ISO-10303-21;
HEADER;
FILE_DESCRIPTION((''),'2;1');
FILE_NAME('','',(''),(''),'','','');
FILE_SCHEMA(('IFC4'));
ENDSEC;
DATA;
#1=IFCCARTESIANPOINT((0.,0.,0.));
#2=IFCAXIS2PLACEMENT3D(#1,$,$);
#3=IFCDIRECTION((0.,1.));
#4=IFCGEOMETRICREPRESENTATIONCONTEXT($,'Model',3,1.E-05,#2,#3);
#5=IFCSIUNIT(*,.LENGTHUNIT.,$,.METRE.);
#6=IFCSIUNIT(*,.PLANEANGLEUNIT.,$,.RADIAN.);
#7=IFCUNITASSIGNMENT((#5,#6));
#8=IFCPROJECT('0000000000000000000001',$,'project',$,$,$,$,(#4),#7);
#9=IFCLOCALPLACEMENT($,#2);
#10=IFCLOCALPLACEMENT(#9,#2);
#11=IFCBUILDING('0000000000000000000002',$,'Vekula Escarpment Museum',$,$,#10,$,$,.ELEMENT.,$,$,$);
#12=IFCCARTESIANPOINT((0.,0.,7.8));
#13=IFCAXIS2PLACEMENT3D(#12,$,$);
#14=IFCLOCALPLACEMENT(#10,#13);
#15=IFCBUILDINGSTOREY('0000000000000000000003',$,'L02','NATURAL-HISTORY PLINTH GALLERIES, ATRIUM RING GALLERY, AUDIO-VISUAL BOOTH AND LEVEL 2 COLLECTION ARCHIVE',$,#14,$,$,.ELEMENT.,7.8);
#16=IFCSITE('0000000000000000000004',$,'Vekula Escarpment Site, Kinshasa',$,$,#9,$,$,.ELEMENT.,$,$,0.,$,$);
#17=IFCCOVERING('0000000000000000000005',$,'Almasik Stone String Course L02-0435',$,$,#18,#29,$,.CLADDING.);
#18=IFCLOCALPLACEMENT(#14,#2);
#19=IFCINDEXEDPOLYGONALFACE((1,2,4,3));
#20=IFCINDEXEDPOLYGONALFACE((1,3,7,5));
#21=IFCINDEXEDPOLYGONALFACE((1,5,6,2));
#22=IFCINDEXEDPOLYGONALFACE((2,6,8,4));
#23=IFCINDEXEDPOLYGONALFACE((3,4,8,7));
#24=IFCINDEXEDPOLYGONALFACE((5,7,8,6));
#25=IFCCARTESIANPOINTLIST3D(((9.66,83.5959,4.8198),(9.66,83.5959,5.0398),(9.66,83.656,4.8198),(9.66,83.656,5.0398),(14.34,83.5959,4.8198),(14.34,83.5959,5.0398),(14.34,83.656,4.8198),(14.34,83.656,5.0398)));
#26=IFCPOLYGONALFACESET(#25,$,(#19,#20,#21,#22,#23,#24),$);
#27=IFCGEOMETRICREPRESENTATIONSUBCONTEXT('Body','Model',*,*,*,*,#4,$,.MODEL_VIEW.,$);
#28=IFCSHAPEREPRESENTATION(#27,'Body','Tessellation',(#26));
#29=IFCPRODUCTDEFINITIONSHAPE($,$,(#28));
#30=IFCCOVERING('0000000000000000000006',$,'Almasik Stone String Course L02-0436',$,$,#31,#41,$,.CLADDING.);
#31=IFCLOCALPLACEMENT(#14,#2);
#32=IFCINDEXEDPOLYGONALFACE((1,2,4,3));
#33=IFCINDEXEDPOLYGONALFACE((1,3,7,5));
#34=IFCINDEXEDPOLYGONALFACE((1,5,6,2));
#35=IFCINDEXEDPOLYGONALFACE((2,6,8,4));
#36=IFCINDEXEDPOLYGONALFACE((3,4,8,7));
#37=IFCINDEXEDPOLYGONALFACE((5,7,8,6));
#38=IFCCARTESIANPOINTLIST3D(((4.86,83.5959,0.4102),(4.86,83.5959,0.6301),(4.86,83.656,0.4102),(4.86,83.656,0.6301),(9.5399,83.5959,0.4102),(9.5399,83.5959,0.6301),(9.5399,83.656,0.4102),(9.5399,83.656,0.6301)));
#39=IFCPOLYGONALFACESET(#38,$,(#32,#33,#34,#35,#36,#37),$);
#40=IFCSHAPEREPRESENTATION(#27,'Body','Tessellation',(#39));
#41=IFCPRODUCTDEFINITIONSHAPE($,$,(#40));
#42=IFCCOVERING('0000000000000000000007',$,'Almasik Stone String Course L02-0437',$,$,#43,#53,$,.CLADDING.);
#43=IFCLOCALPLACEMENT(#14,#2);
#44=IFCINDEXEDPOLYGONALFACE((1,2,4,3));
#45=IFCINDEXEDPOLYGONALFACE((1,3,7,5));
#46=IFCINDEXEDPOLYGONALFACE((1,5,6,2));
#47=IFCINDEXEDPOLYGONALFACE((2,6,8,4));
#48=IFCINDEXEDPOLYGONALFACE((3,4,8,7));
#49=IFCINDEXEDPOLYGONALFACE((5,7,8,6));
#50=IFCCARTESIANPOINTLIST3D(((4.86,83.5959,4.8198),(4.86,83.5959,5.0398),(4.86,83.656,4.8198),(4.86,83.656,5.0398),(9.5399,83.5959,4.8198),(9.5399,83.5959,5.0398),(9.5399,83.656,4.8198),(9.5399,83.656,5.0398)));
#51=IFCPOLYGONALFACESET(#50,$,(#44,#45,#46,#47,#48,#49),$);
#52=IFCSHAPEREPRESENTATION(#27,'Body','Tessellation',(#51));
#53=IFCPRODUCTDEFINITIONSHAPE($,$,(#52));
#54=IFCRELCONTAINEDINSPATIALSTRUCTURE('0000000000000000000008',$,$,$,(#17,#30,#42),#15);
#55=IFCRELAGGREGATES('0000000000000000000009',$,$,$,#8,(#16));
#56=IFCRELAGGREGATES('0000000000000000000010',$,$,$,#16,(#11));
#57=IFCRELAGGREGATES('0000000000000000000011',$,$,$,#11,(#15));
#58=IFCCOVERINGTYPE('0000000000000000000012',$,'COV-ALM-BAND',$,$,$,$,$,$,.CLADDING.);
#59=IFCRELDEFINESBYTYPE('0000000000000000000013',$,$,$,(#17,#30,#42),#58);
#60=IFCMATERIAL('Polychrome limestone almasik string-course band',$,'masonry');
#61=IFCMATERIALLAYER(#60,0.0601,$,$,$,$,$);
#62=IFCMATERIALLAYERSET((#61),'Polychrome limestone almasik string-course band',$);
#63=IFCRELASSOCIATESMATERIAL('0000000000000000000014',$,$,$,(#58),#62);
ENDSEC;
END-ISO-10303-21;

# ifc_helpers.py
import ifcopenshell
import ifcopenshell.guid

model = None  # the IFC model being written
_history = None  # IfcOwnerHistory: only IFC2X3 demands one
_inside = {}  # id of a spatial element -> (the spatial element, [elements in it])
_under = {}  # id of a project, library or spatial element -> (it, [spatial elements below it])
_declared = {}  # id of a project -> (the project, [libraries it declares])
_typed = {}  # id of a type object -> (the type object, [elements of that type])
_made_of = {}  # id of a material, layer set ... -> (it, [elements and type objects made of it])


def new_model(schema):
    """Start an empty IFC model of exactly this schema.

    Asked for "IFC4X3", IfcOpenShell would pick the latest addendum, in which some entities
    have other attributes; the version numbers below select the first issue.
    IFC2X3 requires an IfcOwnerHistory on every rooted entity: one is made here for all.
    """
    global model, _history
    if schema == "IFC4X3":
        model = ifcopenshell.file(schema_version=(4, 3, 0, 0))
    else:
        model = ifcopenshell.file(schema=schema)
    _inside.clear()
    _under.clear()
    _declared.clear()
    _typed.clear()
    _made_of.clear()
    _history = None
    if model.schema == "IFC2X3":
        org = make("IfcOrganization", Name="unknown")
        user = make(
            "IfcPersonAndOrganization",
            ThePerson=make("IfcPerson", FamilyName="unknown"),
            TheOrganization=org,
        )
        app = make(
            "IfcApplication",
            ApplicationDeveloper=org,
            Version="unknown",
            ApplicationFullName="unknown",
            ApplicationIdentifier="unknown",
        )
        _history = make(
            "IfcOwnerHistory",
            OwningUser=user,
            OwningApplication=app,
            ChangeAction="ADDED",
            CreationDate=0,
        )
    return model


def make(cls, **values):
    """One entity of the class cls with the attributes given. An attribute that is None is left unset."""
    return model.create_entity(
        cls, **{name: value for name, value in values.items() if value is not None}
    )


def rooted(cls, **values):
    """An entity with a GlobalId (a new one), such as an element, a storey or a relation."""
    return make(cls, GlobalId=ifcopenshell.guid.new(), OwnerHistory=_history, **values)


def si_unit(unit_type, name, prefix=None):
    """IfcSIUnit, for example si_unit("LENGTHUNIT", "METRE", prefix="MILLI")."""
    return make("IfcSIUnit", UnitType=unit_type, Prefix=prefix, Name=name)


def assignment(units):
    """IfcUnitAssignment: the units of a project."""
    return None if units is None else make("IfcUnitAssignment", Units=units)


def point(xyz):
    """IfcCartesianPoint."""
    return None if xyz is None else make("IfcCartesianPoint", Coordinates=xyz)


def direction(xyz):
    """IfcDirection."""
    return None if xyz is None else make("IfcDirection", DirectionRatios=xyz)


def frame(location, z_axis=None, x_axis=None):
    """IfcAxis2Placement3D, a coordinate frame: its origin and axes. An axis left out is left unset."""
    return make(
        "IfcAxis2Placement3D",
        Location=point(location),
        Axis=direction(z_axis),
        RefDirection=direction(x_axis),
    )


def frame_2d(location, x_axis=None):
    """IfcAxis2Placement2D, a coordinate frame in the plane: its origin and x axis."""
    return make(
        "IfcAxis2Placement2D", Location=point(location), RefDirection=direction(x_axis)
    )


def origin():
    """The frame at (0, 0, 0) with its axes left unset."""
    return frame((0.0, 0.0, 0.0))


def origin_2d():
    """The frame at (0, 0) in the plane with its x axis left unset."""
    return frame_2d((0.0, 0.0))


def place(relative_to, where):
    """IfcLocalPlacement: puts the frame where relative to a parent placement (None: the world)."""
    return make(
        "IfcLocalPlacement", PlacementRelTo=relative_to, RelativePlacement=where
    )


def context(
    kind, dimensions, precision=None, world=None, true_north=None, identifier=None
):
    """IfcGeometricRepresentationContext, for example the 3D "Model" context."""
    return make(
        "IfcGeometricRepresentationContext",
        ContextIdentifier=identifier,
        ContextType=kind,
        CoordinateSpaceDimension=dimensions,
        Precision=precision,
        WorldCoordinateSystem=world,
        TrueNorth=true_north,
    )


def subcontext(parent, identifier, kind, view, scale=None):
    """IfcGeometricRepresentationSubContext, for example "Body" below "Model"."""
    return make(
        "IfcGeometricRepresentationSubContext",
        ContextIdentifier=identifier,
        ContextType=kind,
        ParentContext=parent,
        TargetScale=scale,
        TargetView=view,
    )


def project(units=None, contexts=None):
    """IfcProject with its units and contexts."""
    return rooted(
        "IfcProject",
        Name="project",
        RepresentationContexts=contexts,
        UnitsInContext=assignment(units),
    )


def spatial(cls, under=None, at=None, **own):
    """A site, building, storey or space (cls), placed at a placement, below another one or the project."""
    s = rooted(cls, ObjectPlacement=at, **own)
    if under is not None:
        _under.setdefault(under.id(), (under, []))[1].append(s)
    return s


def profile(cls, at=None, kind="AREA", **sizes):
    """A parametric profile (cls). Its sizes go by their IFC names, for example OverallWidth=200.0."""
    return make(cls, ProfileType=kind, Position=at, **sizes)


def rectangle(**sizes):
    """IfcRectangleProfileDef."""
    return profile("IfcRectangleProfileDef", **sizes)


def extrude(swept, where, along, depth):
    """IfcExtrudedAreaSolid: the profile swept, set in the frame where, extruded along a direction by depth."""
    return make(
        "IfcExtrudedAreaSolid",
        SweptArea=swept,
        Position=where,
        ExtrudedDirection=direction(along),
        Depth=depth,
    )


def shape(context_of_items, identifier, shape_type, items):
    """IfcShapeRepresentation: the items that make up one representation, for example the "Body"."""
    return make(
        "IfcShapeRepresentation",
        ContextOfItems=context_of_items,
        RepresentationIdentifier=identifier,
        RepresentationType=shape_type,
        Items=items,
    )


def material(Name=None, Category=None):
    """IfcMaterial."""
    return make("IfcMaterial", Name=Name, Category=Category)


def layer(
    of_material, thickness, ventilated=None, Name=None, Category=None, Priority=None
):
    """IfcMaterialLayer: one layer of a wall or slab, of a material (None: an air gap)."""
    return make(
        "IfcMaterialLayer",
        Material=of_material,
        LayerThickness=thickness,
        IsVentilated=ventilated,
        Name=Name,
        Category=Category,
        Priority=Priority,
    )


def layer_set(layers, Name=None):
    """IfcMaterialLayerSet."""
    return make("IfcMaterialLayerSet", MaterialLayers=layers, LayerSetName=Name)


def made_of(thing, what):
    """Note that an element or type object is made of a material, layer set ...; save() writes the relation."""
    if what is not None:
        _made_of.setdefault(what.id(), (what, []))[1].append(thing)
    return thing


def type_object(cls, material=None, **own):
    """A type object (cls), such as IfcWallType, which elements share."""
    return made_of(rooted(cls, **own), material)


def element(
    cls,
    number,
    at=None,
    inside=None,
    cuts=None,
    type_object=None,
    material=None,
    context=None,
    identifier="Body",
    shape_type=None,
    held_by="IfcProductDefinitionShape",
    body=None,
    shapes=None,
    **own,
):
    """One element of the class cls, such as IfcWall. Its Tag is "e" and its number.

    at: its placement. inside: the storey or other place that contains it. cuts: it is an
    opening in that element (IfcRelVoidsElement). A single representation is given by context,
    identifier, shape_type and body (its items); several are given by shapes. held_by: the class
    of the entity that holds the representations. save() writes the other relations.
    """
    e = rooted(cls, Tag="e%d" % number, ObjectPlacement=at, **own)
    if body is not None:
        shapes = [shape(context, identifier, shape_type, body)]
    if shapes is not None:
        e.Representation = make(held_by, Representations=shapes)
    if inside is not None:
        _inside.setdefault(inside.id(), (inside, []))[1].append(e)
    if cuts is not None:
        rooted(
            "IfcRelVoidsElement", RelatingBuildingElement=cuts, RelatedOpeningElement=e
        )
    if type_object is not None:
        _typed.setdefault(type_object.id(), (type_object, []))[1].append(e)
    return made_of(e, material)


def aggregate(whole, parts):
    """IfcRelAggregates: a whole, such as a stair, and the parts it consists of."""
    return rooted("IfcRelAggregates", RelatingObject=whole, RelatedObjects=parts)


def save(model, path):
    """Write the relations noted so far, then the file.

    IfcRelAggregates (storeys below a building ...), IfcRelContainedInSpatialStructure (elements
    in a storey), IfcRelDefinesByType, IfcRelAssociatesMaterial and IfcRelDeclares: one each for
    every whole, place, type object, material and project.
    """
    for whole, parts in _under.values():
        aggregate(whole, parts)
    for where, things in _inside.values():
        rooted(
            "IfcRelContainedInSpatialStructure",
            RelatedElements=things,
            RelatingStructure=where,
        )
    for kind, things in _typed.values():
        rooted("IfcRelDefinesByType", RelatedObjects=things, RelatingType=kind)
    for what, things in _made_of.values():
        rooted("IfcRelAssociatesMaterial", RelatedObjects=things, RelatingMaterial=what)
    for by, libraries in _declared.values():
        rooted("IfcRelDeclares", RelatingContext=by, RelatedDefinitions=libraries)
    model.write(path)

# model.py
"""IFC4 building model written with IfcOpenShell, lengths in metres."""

from ifc_helpers import new_model, si_unit, direction, frame, origin, origin_2d, place, context, subcontext, project, spatial, rectangle, extrude, material, layer, layer_set, type_object, element, save


model = new_model("IFC4")

# Units and contexts
model_context = context("Model", 3, precision=1e-05, world=origin(), true_north=direction((0.0, 1.0)))
body_context = subcontext(model_context, "Body", "Model", "MODEL_VIEW")
ifc_project = project(units=[si_unit("LENGTHUNIT", "METRE"), si_unit("PLANEANGLEUNIT", "RADIAN")], contexts=[model_context])

# Site, building, storey
site_placement = place(None, origin())
site = spatial("IfcSite", under=ifc_project, at=site_placement, Name="Vekula Escarpment Site, Kinshasa", CompositionType="ELEMENT", RefElevation=0.0)
building_placement = place(site_placement, origin())
building = spatial("IfcBuilding", under=site, at=building_placement, Name="Vekula Escarpment Museum", CompositionType="ELEMENT")
storey_placement = place(building_placement, frame((0.0, 0.0, 7.8)))
storey = spatial("IfcBuildingStorey", under=building, at=storey_placement, Name="L02", Description="NATURAL-HISTORY PLINTH GALLERIES, ATRIUM RING GALLERY, AUDIO-VISUAL BOOTH AND LEVEL 2 COLLECTION ARCHIVE", CompositionType="ELEMENT", Elevation=7.8)

# Coverings
ifc_material_1 = material(Name="Polychrome limestone almasik string-course band", Category="masonry")
ifc_layer_1 = layer(ifc_material_1, 0.0601)
ifc_layer_set_1 = layer_set([ifc_layer_1], Name="Polychrome limestone almasik string-course band")
covering_type = type_object("IfcCoveringType", Name="COV-ALM-BAND", PredefinedType="CLADDING", material=ifc_layer_set_1)
for number, where, z_axis, x_axis, name in (
    (1, (12.0, 83.626, 4.8198), (0.0, 0.0, 1.0), (1.0, 0.0, 0.0), "Almasik Stone String Course L02-0435"),
    (2, (7.2, 83.626, 0.4102), (0.0, 0.0, 1.0), (1.0, 0.0, 0.0), "Almasik Stone String Course L02-0436"),
    (3, (7.2, 83.626, 4.8198), (0.0, 0.0, 1.0), (1.0, 0.0, 0.0), "Almasik Stone String Course L02-0437"),
):
    element("IfcCovering", number, at=place(storey_placement, frame(where, z_axis=z_axis, x_axis=x_axis)), inside=storey, type_object=covering_type, Name=name, PredefinedType="CLADDING", context=body_context, shape_type="SweptSolid", body=[
        extrude(rectangle(XDim=4.6799, YDim=0.0601, at=origin_2d()), origin(), (0.0, 0.0, 1.0), 0.22),
    ])

save(model, "model.ifc")
